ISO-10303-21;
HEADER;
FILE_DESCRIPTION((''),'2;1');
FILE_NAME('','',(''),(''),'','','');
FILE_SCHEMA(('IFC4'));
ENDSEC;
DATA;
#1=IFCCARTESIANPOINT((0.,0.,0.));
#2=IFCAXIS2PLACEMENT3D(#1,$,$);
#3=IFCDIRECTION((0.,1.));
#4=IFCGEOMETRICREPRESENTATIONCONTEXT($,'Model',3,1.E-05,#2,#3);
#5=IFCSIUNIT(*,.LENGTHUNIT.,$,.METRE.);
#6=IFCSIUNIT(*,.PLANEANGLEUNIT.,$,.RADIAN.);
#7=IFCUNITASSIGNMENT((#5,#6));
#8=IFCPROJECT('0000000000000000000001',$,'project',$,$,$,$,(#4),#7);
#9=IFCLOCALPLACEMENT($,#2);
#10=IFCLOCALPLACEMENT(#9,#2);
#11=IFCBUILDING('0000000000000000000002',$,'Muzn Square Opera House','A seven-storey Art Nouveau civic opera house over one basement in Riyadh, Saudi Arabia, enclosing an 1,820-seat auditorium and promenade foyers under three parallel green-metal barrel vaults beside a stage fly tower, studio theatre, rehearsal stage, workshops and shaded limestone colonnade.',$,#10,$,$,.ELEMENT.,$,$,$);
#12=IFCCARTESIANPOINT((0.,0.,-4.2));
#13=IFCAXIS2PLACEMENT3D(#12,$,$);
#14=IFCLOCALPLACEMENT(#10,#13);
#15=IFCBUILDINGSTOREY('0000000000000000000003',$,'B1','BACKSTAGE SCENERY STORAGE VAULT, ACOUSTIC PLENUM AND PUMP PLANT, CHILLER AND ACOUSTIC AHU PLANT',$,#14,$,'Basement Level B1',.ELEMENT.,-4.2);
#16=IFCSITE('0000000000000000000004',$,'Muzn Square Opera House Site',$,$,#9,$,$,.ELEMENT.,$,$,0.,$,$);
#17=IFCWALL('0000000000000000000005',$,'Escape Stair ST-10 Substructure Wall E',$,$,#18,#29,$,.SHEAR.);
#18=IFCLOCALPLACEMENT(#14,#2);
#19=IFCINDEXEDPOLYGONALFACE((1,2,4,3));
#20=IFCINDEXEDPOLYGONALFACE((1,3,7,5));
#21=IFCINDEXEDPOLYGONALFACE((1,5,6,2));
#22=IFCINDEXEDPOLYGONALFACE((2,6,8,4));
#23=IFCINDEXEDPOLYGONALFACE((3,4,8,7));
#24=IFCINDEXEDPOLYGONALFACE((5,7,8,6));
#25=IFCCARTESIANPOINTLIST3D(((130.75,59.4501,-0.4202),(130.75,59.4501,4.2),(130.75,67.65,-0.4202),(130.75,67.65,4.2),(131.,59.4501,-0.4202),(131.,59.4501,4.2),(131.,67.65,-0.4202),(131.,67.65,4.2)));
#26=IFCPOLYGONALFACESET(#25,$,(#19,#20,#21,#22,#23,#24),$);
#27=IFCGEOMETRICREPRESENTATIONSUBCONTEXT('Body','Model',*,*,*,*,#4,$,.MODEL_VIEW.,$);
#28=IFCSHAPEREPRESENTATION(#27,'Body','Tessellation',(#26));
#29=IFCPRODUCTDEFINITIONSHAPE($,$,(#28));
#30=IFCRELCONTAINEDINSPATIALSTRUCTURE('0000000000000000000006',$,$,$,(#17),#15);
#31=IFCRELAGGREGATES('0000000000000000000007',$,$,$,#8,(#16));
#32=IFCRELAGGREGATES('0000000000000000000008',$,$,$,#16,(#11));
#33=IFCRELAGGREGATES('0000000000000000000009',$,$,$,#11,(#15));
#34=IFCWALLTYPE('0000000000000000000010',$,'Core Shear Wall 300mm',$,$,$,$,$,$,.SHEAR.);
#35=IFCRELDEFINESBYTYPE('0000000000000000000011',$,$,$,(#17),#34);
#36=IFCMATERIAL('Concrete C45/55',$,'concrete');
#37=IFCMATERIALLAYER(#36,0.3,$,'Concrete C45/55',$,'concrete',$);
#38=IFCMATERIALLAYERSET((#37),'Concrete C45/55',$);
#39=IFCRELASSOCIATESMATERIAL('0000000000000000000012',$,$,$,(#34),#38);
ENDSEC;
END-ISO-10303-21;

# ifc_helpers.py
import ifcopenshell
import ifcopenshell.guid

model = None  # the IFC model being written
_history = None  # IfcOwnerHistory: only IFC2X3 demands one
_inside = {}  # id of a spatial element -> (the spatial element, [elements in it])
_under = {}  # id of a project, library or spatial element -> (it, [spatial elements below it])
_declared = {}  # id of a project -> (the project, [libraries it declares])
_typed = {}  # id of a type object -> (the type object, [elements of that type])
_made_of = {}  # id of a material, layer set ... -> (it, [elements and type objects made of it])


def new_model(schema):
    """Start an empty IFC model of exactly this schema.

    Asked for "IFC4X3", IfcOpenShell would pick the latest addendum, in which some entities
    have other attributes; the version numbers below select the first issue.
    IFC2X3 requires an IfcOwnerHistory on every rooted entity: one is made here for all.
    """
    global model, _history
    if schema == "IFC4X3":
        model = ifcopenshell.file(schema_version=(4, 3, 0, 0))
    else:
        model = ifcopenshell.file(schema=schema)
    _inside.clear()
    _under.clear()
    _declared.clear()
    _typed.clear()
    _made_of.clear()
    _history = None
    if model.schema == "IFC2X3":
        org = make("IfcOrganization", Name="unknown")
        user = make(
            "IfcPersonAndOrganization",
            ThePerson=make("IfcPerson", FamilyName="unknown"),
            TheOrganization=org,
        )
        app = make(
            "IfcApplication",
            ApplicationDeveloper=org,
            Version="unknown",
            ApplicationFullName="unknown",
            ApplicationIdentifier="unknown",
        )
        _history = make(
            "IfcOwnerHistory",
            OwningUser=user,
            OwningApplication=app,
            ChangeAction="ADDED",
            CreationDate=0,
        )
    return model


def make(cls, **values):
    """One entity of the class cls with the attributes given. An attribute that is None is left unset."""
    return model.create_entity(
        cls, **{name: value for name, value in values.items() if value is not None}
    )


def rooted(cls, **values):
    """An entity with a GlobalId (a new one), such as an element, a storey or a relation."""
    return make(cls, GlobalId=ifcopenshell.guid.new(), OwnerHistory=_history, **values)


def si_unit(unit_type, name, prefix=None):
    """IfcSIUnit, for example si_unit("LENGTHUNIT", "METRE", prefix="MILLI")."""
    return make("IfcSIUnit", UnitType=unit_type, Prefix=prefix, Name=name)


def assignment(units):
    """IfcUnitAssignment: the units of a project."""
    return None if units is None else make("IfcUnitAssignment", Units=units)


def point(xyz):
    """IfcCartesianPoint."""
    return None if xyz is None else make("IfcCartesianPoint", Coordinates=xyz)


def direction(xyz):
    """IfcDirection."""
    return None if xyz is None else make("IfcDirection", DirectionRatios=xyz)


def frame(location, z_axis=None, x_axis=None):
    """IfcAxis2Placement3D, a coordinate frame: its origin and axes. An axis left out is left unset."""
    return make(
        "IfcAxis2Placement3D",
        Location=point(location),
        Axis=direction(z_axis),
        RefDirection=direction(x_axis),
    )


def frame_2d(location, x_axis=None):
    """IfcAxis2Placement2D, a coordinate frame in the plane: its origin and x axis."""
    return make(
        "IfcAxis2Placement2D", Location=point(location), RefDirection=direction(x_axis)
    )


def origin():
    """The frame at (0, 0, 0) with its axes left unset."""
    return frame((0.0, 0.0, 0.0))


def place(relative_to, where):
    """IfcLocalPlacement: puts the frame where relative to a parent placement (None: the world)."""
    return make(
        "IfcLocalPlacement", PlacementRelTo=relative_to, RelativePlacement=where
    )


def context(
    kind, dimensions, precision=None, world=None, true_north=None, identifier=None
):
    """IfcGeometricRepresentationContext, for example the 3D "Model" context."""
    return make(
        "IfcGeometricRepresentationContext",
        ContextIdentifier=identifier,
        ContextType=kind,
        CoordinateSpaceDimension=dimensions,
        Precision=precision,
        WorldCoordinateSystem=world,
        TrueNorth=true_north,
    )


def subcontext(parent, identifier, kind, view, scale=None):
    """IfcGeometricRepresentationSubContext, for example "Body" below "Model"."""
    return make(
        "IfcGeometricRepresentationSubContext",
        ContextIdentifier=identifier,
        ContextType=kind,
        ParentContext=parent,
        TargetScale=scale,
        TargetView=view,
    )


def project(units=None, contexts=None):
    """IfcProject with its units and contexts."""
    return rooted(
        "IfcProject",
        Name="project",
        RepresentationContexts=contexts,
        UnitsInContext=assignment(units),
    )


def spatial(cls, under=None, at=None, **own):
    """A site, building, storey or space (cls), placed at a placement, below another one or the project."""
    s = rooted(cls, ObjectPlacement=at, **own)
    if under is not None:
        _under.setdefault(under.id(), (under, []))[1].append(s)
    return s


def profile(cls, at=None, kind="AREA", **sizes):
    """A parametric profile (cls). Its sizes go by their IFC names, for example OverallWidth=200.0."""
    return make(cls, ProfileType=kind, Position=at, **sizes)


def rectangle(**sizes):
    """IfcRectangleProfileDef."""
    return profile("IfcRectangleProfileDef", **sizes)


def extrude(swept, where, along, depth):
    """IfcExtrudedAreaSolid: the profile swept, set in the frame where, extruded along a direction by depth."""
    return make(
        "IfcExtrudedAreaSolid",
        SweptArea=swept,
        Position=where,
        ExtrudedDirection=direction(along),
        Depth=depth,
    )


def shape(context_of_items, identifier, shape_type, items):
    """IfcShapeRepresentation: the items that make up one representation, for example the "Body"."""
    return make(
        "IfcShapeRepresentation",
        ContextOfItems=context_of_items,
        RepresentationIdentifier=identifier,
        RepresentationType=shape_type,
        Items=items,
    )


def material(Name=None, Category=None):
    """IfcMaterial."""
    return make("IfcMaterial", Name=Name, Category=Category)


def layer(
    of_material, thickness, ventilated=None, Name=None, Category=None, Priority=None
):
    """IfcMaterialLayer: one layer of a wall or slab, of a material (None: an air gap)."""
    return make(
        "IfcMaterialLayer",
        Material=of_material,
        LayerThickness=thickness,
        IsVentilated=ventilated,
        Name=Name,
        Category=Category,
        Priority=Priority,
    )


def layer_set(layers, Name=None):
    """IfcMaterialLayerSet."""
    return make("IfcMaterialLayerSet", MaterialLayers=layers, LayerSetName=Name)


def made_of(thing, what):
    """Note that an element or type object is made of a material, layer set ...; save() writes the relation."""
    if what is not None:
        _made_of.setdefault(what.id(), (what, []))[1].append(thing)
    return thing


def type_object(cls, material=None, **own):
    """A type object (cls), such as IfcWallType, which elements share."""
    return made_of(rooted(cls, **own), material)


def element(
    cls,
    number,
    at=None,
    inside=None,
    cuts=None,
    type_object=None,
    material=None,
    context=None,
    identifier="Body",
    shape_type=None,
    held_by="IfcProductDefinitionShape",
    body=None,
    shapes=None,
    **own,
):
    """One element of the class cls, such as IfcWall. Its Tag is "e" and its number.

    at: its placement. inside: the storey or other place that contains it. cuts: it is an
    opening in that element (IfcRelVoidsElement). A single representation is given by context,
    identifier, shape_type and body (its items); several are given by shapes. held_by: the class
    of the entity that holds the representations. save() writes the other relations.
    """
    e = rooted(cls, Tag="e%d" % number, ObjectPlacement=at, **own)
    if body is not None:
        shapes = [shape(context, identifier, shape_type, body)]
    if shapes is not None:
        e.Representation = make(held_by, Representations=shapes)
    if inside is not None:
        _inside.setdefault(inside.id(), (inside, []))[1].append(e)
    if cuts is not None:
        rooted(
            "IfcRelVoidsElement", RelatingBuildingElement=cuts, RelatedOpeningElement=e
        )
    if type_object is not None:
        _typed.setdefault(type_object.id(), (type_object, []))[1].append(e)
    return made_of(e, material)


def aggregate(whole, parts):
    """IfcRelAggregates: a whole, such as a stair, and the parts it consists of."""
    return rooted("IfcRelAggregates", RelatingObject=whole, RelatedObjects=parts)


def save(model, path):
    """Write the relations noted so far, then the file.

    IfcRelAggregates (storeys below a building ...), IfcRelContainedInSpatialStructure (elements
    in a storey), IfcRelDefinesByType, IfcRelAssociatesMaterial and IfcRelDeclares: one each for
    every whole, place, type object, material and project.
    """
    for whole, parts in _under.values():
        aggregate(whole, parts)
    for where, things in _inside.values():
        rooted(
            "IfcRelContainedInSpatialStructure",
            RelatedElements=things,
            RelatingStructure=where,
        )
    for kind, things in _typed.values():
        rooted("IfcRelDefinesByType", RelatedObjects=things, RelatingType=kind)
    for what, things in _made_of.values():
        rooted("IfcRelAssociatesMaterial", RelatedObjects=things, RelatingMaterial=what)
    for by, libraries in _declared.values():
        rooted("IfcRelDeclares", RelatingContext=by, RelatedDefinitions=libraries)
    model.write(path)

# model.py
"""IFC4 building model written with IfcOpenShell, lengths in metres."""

from ifc_helpers import new_model, si_unit, direction, frame, frame_2d, origin, place, context, subcontext, project, spatial, rectangle, extrude, material, layer, layer_set, type_object, element, save


model = new_model("IFC4")

# Units and contexts
model_context = context("Model", 3, precision=1e-05, world=origin(), true_north=direction((0.0, 1.0)))
body_context = subcontext(model_context, "Body", "Model", "MODEL_VIEW")
ifc_project = project(units=[si_unit("LENGTHUNIT", "METRE"), si_unit("PLANEANGLEUNIT", "RADIAN")], contexts=[model_context])

# Site, building, storey
site_placement = place(None, origin())
site = spatial("IfcSite", under=ifc_project, at=site_placement, Name="Muzn Square Opera House Site", CompositionType="ELEMENT", RefElevation=0.0)
building_placement = place(site_placement, origin())
building = spatial("IfcBuilding", under=site, at=building_placement, Name="Muzn Square Opera House", Description="A seven-storey Art Nouveau civic opera house over one basement in Riyadh, Saudi Arabia, enclosing an 1,820-seat auditorium and promenade foyers under three parallel green-metal barrel vaults beside a stage fly tower, studio theatre, rehearsal stage, workshops and shaded limestone colonnade.", CompositionType="ELEMENT")
storey_placement = place(building_placement, frame((0.0, 0.0, -4.2)))
storey = spatial("IfcBuildingStorey", under=building, at=storey_placement, Name="B1", Description="BACKSTAGE SCENERY STORAGE VAULT, ACOUSTIC PLENUM AND PUMP PLANT, CHILLER AND ACOUSTIC AHU PLANT", LongName="Basement Level B1", CompositionType="ELEMENT", Elevation=-4.2)

# Shared definitions
ifc_material_1 = material(Name="Concrete C45/55", Category="concrete")

# Wall
ifc_layer = layer(ifc_material_1, 0.3, Name="Concrete C45/55", Category="concrete")
ifc_layer_set = layer_set([ifc_layer], Name="Concrete C45/55")
wall_type = type_object("IfcWallType", Name="Core Shear Wall 300mm", PredefinedType="SHEAR", material=ifc_layer_set)
wall_placement = place(storey_placement, frame((130.875, 59.45, -0.4202), z_axis=(0.0, 0.0, 1.0), x_axis=(0.0, 1.0, 0.0)))
element("IfcWall", 1, at=wall_placement, inside=storey, type_object=wall_type, Name="Escape Stair ST-10 Substructure Wall E", PredefinedType="SHEAR", context=body_context, shape_type="SweptSolid", body=[
    extrude(rectangle(XDim=8.2, YDim=0.25, at=frame_2d((4.1001, 0.0))), origin(), (0.0, 0.0, 1.0), 4.6201),
])

save(model, "model.ifc")
